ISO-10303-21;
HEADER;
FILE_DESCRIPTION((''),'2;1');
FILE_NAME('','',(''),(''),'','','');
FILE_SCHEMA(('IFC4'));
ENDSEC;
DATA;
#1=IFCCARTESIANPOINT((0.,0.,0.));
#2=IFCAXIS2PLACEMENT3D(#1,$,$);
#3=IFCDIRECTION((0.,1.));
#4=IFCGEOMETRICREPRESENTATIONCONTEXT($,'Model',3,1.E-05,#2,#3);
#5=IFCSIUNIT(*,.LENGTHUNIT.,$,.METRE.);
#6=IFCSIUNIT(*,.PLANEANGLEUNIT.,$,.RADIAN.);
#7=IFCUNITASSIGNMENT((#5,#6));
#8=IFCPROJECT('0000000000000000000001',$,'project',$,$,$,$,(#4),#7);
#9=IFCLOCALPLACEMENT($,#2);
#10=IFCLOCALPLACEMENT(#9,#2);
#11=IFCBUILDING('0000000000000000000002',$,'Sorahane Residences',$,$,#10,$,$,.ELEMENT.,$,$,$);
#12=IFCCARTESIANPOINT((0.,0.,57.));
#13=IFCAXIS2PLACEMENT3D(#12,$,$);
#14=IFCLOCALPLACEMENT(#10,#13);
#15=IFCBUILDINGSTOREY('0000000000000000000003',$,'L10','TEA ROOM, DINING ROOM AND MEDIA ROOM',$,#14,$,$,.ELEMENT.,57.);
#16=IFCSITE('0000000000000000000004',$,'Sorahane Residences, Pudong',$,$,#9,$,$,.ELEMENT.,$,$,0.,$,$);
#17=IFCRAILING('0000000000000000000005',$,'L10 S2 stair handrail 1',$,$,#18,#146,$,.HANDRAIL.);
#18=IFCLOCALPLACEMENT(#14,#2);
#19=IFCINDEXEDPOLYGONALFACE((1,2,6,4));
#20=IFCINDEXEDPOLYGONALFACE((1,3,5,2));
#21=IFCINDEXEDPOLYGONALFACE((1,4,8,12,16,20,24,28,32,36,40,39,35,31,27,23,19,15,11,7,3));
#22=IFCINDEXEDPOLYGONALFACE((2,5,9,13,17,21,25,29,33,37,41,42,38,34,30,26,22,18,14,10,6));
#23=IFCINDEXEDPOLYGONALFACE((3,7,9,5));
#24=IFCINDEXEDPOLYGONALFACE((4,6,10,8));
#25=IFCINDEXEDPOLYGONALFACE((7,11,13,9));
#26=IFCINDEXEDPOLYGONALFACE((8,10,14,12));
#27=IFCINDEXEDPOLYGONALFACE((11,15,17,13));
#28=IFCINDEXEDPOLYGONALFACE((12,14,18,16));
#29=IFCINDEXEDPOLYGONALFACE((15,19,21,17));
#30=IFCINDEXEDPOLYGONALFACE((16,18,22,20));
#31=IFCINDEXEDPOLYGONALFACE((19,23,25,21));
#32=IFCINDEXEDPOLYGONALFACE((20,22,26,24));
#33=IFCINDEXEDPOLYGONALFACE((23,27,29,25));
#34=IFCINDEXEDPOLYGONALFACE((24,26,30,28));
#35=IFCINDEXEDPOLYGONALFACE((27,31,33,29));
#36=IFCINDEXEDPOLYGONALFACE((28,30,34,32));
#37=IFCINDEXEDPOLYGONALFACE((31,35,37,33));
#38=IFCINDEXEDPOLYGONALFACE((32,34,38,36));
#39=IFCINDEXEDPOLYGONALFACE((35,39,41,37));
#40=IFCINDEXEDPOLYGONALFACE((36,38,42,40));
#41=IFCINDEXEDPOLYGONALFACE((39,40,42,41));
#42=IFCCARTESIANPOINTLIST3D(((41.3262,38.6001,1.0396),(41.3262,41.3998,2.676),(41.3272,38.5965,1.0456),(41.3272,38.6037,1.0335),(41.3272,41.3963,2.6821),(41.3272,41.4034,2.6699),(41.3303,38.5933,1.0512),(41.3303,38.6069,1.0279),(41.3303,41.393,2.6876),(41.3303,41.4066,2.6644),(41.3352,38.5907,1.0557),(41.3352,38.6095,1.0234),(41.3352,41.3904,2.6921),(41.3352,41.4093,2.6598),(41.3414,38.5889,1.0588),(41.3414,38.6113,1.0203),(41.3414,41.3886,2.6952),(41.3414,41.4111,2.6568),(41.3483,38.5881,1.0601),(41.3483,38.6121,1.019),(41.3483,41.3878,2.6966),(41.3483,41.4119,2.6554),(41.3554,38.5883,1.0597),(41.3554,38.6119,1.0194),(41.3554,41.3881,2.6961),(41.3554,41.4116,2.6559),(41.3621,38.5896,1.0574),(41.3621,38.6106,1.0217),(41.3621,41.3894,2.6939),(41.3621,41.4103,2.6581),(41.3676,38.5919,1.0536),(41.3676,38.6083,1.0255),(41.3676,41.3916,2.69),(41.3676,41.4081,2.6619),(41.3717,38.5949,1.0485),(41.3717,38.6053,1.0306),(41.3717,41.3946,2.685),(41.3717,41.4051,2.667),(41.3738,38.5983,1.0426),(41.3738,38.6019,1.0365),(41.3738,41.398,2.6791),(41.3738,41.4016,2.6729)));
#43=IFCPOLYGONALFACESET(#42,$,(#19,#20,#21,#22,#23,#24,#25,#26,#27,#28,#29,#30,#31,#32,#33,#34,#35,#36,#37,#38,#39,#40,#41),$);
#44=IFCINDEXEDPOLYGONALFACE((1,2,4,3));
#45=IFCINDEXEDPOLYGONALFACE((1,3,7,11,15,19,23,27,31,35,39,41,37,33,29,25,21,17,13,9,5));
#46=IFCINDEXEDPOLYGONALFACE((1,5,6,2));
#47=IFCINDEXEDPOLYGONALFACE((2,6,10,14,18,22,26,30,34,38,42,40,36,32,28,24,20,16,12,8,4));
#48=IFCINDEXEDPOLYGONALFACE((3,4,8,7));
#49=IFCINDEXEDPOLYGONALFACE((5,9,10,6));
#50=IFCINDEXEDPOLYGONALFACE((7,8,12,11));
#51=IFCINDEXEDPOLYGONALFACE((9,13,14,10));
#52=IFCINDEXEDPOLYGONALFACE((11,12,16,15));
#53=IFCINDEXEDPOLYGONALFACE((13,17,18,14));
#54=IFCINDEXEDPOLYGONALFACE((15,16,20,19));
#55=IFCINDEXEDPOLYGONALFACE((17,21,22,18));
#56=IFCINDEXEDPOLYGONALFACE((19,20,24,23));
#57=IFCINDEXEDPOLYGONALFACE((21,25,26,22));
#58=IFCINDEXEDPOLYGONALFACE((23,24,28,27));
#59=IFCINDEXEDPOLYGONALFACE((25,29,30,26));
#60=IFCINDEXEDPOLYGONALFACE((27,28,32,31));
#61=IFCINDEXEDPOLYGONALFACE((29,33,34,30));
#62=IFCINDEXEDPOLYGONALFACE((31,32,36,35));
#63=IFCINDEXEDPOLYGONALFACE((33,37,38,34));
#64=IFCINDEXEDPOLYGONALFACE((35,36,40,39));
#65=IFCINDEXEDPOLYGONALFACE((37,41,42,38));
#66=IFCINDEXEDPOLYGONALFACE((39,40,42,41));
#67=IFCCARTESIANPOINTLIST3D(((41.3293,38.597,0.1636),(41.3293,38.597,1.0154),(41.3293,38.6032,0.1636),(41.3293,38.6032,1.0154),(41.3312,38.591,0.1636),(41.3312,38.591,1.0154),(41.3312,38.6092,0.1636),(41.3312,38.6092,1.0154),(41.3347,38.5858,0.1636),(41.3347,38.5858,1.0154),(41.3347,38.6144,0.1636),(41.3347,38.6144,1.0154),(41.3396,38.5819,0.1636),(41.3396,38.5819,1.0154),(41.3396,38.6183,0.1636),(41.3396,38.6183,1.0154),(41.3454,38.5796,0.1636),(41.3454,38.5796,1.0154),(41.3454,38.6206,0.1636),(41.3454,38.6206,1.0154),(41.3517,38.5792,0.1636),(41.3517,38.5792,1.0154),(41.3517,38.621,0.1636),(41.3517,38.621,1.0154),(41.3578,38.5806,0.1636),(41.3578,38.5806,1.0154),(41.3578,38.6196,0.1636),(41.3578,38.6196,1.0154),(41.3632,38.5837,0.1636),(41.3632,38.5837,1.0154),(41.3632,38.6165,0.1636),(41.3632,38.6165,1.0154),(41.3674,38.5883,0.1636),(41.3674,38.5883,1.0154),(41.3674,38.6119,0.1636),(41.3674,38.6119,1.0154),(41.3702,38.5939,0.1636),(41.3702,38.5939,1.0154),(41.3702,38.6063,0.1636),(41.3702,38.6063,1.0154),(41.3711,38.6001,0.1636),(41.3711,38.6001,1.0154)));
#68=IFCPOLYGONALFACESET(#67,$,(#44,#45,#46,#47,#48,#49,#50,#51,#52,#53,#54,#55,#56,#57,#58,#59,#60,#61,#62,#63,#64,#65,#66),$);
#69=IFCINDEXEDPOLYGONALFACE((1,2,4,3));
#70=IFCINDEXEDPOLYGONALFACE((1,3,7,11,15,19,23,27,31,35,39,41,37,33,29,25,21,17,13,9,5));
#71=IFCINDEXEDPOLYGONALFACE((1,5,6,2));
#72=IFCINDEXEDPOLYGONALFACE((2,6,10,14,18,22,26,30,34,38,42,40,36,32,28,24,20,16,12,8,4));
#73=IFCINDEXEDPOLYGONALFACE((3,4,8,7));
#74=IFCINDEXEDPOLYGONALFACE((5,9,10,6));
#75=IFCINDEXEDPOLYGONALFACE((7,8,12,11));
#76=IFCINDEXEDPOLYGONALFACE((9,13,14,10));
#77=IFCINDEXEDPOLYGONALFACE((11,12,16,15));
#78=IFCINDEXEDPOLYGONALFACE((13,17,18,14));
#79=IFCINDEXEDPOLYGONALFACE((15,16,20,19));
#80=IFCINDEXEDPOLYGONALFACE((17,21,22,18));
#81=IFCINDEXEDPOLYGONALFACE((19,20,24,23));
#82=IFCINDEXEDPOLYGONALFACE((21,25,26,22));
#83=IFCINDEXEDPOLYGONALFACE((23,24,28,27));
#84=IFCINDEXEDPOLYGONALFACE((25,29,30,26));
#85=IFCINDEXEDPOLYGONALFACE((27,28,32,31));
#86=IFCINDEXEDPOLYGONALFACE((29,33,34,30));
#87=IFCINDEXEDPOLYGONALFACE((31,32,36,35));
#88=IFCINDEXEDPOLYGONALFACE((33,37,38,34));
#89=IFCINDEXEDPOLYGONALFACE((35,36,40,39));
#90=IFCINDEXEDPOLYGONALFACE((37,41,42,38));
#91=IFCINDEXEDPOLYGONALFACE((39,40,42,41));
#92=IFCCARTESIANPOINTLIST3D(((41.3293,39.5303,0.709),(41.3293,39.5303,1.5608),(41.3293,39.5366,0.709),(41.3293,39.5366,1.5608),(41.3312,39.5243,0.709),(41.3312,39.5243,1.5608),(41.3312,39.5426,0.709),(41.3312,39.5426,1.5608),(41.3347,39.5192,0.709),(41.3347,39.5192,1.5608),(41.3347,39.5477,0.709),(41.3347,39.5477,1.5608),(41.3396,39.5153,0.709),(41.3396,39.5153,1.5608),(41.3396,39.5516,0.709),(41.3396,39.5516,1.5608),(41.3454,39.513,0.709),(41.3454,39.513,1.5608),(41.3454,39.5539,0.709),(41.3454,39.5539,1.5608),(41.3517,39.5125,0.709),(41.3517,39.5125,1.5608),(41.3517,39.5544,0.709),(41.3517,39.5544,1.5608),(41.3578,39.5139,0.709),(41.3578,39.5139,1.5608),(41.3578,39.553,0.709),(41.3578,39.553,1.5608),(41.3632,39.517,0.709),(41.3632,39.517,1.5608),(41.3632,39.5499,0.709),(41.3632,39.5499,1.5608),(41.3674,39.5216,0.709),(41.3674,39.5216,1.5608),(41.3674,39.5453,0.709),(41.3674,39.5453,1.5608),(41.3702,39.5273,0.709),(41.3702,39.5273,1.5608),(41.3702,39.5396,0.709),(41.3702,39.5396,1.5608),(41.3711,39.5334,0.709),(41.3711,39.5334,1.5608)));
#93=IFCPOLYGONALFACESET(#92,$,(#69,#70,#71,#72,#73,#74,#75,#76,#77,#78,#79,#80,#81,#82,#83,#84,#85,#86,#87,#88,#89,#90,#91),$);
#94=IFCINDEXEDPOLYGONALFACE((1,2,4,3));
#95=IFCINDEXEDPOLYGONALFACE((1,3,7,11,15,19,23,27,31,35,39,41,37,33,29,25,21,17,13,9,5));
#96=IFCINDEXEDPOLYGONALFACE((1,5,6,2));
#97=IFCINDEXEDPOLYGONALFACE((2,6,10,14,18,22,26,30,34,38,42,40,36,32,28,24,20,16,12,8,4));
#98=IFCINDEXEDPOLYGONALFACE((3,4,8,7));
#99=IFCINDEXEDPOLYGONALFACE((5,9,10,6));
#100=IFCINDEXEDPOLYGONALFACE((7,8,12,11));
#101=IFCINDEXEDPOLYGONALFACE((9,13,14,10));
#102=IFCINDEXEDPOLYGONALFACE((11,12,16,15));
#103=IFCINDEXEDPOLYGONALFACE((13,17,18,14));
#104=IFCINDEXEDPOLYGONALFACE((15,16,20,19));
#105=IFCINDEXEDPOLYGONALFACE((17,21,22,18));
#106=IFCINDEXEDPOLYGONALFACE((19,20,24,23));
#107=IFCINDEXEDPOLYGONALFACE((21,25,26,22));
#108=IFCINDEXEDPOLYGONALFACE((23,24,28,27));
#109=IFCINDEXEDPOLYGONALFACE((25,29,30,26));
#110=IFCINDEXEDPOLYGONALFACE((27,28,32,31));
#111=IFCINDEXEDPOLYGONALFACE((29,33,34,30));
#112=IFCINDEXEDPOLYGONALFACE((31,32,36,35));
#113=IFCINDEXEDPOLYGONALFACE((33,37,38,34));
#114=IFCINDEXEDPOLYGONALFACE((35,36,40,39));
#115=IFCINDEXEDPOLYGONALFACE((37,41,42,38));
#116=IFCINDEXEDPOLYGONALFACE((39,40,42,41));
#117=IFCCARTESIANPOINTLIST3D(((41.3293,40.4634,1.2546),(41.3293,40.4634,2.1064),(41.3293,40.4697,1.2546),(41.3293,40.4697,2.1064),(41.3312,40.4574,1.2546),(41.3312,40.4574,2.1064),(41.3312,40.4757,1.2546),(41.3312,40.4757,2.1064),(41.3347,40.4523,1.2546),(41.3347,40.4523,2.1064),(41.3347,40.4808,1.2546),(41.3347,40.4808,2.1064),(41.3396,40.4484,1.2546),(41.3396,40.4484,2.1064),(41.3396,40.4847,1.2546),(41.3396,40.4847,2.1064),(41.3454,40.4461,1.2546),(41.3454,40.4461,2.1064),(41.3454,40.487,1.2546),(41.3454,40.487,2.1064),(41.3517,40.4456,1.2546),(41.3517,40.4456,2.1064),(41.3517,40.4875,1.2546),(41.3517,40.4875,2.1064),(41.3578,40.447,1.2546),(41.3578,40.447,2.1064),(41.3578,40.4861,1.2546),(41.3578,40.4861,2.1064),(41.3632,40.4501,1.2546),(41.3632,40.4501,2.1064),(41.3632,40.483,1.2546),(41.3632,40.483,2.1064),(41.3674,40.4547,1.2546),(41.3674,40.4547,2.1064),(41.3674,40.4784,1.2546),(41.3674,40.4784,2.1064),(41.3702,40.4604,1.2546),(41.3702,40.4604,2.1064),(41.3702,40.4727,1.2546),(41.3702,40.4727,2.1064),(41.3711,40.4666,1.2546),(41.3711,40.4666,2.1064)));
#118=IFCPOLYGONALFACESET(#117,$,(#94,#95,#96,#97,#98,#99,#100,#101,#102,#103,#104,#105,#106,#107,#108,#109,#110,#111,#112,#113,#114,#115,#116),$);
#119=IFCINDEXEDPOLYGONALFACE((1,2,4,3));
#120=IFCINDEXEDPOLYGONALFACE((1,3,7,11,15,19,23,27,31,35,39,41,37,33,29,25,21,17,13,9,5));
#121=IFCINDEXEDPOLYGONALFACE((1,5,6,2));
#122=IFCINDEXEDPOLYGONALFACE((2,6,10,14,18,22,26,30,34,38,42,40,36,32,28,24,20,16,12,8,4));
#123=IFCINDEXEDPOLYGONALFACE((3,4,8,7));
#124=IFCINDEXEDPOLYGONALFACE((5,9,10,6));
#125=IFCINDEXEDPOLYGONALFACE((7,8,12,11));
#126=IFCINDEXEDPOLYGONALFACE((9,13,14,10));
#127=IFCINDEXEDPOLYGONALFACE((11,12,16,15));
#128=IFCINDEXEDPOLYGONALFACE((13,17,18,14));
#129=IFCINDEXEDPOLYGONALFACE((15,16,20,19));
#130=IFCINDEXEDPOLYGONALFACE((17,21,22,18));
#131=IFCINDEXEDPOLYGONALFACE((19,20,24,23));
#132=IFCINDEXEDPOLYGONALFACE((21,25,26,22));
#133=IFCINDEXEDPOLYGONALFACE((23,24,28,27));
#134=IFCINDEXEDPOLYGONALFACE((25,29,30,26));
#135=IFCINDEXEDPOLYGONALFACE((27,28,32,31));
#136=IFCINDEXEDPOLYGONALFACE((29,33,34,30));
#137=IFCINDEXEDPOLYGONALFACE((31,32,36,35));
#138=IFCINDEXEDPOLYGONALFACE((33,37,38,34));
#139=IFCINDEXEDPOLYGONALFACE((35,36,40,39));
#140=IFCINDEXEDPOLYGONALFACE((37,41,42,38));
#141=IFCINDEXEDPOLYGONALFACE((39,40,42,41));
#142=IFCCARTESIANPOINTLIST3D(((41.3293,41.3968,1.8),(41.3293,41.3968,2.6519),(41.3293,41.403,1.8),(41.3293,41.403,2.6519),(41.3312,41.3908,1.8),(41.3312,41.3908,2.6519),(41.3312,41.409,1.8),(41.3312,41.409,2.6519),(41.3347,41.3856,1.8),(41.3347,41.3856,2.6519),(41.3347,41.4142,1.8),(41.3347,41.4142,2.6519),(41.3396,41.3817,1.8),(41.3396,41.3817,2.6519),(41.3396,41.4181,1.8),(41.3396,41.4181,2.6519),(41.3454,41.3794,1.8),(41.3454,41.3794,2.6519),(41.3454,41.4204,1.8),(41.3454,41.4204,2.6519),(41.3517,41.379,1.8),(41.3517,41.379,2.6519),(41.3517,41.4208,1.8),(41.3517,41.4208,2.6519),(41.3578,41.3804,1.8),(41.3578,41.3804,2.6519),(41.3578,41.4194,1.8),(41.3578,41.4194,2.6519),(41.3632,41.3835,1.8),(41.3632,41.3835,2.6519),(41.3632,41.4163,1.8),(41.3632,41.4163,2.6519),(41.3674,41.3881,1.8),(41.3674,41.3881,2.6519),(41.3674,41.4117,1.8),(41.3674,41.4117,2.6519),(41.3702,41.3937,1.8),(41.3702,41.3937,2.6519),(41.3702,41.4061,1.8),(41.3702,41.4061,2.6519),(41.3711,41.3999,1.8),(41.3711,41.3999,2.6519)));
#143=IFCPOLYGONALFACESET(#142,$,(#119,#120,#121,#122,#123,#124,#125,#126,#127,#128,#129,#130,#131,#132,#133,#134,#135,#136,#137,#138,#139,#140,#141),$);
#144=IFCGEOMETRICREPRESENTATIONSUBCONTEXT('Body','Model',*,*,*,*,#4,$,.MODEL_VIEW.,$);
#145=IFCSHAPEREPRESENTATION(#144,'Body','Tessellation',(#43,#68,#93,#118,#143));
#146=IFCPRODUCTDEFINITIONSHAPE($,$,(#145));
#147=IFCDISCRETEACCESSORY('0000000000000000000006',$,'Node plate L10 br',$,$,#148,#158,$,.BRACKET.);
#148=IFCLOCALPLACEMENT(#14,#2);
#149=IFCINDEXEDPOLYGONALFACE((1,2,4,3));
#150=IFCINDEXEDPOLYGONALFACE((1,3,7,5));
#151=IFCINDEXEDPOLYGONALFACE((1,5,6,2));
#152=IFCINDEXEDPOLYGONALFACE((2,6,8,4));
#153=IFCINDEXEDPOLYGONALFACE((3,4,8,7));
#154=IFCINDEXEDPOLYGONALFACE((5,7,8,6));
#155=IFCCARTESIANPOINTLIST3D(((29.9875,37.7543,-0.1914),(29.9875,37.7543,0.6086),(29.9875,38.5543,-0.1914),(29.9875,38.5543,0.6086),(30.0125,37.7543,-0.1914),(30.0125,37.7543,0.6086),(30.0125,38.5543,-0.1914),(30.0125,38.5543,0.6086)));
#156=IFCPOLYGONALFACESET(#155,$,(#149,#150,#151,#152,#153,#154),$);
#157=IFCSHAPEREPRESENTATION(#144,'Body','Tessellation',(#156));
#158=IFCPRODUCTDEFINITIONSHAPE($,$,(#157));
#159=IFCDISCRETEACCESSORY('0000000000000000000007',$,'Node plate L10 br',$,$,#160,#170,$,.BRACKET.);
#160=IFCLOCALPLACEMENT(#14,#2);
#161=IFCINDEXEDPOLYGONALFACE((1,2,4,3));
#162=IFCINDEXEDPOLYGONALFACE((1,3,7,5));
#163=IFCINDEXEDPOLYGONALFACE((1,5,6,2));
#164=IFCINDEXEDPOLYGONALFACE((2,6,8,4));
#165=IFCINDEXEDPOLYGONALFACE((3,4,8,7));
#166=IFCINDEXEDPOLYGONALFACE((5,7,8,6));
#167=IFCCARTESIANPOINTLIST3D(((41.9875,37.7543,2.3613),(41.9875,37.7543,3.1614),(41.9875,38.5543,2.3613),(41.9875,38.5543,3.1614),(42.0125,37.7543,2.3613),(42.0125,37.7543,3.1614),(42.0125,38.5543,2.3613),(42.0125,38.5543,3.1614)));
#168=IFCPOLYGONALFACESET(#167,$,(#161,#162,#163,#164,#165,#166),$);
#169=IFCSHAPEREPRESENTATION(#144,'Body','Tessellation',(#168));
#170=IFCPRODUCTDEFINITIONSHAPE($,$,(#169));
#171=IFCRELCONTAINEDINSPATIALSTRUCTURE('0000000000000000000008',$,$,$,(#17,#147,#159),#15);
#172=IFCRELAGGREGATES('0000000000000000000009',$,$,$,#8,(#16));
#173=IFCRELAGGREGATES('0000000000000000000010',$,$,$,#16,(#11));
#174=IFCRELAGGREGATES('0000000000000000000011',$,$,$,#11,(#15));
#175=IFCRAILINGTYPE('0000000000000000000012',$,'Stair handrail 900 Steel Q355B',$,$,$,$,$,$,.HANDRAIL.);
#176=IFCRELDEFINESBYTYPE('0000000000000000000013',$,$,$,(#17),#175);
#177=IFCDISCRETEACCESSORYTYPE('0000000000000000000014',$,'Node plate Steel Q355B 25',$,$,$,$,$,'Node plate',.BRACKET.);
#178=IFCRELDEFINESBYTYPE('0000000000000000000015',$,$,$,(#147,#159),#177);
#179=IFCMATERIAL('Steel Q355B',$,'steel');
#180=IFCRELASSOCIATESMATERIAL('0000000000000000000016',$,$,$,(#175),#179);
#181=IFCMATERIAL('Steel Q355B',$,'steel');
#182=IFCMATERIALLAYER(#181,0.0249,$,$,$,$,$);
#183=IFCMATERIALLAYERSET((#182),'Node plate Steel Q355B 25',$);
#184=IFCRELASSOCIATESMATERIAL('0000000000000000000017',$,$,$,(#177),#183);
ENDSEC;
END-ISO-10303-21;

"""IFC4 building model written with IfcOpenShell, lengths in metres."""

from ifc_helpers import new_model, si_unit, direction, frame, origin, origin_2d, place, context, subcontext, project, spatial, rectangle, circle, extrude, material, layer, layer_set, type_object, element, save


model = new_model("IFC4")

# Units and contexts
model_context = context("Model", 3, precision=1e-05, world=origin(), true_north=direction((0.0, 1.0)))
body_context = subcontext(model_context, "Body", "Model", "MODEL_VIEW")
ifc_project = project(units=[si_unit("LENGTHUNIT", "METRE"), si_unit("PLANEANGLEUNIT", "RADIAN")], contexts=[model_context])

# Site, building, storey
site_placement = place(None, origin())
site = spatial("IfcSite", under=ifc_project, at=site_placement, Name="Sorahane Residences, Pudong", CompositionType="ELEMENT", RefElevation=0.0)
building_placement = place(site_placement, origin())
building = spatial("IfcBuilding", under=site, at=building_placement, Name="Sorahane Residences", CompositionType="ELEMENT")
storey_placement = place(building_placement, frame((0.0, 0.0, 57.0)))
storey = spatial("IfcBuildingStorey", under=building, at=storey_placement, Name="L10", Description="TEA ROOM, DINING ROOM AND MEDIA ROOM", CompositionType="ELEMENT", Elevation=57.0)

# Railing
ifc_material_1 = material(Name="Steel Q355B", Category="steel")
railing_type_1 = type_object("IfcRailingType", Name="Stair handrail 900 Steel Q355B", PredefinedType="HANDRAIL", material=ifc_material_1)
railing_1_placement = place(storey_placement, frame((41.3501, 38.6001, 0.1636)))
element("IfcRailing", 1, at=railing_1_placement, inside=storey, type_object=railing_type_1, Name="L10 S2 stair handrail 1", PredefinedType="HANDRAIL", context=body_context, shape_type="SweptSolid", body=[
    extrude(circle(Radius=0.0239, at=origin_2d()), frame((0.0, 0.0, 0.876), z_axis=(0.0, 0.863342, 0.50462), x_axis=(-1.0, 0.0, 0.0)), (0.0, 0.0, 1.0), 3.2429),
    extrude(circle(Radius=0.021, at=origin_2d()), origin(), (0.0, 0.0, 1.0), 0.8518),
    extrude(circle(Radius=0.021, at=origin_2d()), frame((0.0, 0.9333, 0.5454)), (0.0, 0.0, 1.0), 0.8518),
    extrude(circle(Radius=0.021, at=origin_2d()), frame((0.0, 1.8665, 1.0911)), (0.0, 0.0, 1.0), 0.8518),
    extrude(circle(Radius=0.021, at=origin_2d()), frame((0.0, 2.7998, 1.6365)), (0.0, 0.0, 1.0), 0.8518),
])

# Discrete accessories
ifc_material_2 = material(Name="Steel Q355B", Category="steel")
ifc_layer_1 = layer(ifc_material_2, 0.0249)
ifc_layer_set_1 = layer_set([ifc_layer_1], Name="Node plate Steel Q355B 25")
discrete_accessory_type = type_object("IfcDiscreteAccessoryType", Name="Node plate Steel Q355B 25", ElementType="Node plate", PredefinedType="BRACKET", material=ifc_layer_set_1)
for number, where, z_axis, x_axis, name in (
    (2, (30.0, 38.1543, -0.1914), (0.0, 0.0, 1.0), (0.0, 1.0, 0.0), "Node plate L10 br"),
    (3, (42.0, 38.1543, 2.3613), (0.0, 0.0, 1.0), (0.0, 1.0, 0.0), "Node plate L10 br"),
):
    element("IfcDiscreteAccessory", number, at=place(storey_placement, frame(where, z_axis=z_axis, x_axis=x_axis)), inside=storey, type_object=discrete_accessory_type, Name=name, PredefinedType="BRACKET", context=body_context, shape_type="SweptSolid", body=[
        extrude(rectangle(XDim=0.8, YDim=0.0249, at=origin_2d()), origin(), (0.0, 0.0, 1.0), 0.8),
    ])

save(model, "model.ifc")
